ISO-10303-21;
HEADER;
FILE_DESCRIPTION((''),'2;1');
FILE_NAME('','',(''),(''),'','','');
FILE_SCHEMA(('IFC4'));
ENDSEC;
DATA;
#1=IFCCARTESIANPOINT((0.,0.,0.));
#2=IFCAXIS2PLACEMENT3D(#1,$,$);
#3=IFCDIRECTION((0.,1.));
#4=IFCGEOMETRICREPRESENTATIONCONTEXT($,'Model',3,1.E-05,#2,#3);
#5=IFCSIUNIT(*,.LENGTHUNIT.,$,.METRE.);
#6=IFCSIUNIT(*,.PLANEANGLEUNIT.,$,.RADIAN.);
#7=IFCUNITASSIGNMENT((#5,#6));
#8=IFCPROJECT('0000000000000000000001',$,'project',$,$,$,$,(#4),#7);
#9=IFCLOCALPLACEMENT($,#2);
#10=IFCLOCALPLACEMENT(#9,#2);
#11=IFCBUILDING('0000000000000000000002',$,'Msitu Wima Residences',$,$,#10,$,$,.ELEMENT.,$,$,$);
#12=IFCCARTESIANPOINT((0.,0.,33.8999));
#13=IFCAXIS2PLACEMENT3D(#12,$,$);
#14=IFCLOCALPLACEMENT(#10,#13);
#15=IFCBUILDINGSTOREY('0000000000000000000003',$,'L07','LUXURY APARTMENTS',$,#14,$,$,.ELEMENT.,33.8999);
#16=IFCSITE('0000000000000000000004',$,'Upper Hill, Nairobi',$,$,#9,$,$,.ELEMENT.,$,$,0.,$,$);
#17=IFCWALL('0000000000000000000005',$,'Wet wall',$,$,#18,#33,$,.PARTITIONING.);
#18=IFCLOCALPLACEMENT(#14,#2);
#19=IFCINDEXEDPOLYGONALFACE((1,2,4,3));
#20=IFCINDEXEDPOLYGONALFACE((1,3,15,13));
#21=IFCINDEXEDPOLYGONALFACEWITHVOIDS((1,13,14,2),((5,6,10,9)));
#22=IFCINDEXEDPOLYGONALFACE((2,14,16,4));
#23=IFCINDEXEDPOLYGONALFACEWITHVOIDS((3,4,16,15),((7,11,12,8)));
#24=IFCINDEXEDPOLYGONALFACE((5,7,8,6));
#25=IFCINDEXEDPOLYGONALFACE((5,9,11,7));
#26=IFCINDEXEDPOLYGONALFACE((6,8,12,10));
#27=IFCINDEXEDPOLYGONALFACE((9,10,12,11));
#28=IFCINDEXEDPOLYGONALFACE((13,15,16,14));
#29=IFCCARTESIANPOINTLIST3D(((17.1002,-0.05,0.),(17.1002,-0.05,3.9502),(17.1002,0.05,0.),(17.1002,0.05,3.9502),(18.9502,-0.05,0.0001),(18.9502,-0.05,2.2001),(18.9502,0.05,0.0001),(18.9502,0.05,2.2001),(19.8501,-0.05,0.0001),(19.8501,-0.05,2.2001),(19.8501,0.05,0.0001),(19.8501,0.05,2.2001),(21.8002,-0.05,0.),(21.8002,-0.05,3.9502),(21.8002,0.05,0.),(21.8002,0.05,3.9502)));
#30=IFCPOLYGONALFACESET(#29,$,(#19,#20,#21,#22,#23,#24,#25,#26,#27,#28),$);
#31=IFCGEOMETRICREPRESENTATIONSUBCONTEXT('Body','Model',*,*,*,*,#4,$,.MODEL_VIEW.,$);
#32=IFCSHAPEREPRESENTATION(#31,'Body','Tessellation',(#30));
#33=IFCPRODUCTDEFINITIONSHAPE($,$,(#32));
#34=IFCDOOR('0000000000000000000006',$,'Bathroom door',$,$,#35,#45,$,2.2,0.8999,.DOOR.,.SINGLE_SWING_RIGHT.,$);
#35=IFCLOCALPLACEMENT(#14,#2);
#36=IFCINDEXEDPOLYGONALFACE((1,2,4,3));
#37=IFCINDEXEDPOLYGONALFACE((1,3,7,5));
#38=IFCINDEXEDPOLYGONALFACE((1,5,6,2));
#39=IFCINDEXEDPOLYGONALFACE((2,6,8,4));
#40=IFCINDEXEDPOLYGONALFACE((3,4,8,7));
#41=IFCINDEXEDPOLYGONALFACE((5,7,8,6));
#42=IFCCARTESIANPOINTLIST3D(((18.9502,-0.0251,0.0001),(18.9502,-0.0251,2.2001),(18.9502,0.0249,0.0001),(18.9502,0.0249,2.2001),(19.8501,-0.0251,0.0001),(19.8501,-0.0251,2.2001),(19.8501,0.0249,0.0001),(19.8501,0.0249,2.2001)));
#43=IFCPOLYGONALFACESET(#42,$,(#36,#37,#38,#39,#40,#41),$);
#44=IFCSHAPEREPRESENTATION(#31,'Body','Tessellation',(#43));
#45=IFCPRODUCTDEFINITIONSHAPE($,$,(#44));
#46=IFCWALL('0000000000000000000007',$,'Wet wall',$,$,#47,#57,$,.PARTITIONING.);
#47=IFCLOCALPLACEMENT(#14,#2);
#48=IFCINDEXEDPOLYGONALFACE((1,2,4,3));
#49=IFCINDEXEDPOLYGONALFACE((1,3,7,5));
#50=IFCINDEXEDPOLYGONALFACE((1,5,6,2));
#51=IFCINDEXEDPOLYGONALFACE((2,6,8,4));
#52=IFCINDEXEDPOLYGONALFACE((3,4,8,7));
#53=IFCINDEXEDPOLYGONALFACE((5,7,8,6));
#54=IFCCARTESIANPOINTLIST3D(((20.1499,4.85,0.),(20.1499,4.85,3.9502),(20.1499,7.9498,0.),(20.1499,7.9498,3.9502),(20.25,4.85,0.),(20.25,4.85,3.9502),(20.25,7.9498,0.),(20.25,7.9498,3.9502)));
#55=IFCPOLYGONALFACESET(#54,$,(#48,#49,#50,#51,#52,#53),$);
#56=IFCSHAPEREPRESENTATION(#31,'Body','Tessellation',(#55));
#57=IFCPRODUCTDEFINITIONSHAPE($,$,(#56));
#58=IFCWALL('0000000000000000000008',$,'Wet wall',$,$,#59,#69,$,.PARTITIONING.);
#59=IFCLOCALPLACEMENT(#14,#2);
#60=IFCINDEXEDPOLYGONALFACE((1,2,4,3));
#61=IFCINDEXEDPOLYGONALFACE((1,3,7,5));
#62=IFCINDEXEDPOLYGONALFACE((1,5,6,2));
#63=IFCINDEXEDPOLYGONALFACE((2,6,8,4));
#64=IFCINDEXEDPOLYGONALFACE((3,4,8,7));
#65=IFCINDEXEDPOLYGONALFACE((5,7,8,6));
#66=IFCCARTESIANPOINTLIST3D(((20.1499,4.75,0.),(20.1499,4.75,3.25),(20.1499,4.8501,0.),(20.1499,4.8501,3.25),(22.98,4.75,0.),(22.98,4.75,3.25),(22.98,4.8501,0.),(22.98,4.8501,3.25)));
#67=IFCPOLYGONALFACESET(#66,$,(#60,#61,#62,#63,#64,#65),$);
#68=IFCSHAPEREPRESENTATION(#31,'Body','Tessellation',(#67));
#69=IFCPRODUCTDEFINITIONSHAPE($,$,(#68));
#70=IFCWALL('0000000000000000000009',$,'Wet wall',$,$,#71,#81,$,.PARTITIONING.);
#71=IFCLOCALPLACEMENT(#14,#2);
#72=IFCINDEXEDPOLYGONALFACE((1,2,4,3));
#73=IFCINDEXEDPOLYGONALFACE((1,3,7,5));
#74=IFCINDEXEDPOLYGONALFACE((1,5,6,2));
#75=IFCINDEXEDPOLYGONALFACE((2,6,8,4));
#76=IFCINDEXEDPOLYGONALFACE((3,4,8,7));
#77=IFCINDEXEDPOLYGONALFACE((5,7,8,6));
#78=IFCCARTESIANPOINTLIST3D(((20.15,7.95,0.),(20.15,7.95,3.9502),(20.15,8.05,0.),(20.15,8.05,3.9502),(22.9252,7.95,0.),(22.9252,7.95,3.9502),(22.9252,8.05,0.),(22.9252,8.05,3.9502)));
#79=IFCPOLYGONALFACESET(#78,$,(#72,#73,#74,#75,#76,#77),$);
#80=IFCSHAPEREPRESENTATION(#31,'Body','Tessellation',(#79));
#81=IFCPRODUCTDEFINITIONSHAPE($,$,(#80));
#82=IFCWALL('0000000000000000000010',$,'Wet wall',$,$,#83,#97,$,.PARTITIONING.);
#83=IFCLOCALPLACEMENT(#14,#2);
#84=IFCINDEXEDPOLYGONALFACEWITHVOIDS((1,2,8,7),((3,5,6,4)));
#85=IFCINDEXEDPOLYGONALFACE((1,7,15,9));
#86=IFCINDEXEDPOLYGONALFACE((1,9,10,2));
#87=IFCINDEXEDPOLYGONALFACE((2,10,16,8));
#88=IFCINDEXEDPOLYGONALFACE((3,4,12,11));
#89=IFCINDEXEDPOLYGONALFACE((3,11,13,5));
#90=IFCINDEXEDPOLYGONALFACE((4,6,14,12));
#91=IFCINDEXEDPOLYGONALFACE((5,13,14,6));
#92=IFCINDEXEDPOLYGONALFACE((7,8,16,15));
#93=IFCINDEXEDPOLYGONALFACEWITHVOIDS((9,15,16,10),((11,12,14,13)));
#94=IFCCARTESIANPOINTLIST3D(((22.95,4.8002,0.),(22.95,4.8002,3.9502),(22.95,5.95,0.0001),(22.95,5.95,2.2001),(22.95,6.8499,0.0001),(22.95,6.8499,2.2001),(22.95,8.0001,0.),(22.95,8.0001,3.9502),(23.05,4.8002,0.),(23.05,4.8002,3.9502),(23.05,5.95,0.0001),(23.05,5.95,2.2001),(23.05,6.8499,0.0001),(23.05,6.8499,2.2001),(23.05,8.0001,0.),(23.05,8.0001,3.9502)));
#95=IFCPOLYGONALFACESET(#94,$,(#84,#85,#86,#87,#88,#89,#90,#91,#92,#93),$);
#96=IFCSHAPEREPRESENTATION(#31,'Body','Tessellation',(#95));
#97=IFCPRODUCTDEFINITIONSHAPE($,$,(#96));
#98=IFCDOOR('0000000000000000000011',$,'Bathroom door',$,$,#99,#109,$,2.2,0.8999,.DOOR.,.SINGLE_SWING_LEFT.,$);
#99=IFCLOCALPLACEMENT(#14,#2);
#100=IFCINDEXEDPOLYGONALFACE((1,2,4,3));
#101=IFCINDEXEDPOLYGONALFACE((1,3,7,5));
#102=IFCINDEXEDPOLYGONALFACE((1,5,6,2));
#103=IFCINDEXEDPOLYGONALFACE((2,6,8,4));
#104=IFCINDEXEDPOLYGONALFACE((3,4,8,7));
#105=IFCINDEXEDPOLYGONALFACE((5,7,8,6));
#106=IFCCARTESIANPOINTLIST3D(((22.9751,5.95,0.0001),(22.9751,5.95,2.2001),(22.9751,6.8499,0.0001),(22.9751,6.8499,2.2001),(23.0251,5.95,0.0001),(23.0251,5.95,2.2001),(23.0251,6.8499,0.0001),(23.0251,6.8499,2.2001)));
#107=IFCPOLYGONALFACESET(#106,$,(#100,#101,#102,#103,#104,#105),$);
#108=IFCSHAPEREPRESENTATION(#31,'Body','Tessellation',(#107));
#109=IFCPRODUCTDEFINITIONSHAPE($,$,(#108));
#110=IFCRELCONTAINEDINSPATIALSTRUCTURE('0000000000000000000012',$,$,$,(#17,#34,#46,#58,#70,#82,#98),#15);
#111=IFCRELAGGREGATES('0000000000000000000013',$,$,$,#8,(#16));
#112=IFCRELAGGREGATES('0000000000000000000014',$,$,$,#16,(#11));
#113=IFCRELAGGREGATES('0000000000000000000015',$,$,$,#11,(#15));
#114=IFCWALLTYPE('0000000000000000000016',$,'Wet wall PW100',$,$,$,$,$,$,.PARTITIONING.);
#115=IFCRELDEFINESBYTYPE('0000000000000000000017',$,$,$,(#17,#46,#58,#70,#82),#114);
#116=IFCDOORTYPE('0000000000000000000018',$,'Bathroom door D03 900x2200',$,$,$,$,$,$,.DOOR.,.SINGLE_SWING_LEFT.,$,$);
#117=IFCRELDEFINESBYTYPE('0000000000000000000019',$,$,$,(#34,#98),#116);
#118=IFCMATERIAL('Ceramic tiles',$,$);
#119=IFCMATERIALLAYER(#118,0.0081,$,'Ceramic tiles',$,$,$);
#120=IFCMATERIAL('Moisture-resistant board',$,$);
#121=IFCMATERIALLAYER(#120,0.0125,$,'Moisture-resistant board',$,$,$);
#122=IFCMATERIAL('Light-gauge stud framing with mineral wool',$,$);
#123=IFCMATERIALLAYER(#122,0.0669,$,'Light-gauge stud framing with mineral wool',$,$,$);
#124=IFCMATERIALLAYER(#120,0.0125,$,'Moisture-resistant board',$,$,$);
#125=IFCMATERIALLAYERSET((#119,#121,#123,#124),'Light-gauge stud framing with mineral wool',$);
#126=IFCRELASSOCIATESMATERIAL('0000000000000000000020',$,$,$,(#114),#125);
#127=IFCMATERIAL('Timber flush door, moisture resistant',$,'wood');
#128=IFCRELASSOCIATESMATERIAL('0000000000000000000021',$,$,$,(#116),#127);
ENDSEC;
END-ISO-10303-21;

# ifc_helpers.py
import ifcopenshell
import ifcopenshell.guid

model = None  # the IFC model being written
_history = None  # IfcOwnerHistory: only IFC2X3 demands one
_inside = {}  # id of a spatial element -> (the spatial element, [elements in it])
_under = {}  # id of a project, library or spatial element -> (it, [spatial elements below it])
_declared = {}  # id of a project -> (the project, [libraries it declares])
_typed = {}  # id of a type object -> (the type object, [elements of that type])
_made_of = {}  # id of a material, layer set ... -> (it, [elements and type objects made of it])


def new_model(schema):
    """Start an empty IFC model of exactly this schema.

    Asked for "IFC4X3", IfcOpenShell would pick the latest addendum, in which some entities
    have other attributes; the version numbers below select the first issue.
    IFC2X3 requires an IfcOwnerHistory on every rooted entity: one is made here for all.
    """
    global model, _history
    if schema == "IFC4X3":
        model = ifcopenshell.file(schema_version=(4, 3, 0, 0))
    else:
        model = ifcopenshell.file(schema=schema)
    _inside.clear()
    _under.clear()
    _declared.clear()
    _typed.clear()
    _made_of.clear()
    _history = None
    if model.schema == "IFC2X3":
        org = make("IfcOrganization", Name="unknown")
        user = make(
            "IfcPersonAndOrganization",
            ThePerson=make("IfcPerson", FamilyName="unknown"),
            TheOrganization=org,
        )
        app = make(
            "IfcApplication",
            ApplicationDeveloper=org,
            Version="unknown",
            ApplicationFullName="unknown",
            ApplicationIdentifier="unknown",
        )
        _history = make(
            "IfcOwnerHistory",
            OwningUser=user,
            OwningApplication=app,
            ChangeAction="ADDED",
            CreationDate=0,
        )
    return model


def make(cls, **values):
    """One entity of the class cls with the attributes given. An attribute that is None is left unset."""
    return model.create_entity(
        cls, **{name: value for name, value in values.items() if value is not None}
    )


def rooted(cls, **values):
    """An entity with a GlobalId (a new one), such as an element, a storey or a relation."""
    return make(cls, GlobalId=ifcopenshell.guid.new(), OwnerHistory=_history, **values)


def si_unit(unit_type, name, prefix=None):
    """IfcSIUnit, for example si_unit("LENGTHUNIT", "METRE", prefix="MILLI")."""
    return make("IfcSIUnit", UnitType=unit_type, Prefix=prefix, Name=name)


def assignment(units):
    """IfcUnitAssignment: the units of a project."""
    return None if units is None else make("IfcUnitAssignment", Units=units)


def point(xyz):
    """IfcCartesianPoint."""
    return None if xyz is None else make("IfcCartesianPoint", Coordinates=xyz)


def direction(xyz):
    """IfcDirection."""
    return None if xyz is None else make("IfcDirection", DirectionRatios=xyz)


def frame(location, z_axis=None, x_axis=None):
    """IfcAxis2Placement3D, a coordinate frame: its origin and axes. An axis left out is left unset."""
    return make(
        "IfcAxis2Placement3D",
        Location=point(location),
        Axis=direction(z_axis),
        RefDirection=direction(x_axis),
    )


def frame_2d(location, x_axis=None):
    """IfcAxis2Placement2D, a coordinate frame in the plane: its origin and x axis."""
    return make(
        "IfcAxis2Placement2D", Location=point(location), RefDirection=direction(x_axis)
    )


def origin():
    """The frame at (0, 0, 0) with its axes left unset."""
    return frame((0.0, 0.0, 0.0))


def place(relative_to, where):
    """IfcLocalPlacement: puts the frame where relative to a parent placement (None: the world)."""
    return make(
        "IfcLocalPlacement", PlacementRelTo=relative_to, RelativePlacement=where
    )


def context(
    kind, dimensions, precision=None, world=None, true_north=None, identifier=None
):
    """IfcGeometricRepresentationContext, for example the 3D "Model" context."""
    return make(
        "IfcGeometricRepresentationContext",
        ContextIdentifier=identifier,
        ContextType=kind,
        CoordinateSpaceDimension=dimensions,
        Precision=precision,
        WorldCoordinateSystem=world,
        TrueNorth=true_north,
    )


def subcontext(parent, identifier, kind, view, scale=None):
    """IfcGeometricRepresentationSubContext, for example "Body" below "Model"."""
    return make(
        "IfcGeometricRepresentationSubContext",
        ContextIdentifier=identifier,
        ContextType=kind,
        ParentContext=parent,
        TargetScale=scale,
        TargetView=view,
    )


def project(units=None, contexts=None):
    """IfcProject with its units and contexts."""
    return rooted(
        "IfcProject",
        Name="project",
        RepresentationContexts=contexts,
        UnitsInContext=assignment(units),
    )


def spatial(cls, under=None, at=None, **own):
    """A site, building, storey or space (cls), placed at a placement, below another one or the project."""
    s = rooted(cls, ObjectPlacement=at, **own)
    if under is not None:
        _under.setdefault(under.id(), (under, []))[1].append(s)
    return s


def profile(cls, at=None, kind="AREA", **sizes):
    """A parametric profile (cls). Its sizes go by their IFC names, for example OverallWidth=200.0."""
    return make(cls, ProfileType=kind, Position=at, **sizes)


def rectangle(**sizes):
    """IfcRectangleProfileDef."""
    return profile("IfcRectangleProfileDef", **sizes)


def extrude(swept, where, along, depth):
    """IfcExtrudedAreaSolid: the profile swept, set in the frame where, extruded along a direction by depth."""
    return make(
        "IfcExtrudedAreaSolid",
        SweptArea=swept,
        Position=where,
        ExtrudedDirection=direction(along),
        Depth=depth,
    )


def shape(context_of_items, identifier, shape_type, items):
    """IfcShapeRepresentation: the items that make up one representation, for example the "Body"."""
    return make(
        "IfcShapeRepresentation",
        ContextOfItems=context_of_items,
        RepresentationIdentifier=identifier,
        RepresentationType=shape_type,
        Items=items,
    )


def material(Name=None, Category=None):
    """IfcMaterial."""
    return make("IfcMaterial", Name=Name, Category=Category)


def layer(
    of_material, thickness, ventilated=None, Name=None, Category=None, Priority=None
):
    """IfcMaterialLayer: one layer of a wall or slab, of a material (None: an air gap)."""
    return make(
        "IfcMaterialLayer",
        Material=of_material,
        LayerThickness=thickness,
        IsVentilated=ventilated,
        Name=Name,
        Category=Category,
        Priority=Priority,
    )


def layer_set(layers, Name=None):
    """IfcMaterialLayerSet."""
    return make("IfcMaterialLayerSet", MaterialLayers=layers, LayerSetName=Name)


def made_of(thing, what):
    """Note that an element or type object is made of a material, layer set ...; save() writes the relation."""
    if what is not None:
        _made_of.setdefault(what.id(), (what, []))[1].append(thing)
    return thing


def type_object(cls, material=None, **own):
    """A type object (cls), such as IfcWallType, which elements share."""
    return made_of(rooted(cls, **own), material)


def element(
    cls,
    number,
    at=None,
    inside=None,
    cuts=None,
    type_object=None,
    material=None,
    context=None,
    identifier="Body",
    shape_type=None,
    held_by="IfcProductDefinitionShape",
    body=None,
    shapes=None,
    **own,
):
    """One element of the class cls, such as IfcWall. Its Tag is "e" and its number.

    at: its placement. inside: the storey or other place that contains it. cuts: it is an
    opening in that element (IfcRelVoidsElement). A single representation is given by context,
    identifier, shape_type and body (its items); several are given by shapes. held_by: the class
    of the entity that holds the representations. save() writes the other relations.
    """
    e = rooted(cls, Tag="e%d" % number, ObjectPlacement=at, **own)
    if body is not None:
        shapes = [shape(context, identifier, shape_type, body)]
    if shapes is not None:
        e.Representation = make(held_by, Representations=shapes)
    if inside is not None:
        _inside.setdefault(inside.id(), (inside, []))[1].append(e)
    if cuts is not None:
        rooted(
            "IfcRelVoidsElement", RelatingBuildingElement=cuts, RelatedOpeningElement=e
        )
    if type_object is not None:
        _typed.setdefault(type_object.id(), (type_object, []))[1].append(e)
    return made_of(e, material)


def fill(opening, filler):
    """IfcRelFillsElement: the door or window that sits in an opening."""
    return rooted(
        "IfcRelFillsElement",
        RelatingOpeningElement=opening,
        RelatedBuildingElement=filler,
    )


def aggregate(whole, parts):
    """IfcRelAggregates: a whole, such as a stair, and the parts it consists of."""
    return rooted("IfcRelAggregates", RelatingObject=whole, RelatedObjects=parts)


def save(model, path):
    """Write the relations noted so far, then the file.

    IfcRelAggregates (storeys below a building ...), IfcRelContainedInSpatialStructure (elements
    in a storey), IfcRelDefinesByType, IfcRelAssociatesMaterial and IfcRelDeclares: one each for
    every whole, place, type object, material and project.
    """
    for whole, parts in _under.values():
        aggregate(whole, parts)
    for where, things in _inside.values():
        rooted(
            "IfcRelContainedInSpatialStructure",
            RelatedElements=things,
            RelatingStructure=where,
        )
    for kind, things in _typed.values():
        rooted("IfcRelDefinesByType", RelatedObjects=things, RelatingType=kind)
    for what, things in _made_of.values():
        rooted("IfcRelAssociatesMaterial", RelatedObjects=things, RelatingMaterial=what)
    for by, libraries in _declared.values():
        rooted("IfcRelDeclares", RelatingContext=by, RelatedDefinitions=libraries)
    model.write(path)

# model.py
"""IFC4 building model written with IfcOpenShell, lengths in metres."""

from ifc_helpers import new_model, si_unit, direction, frame, frame_2d, origin, place, context, subcontext, project, spatial, rectangle, extrude, material, layer, layer_set, type_object, element, fill, save


model = new_model("IFC4")

# Units and contexts
model_context = context("Model", 3, precision=1e-05, world=origin(), true_north=direction((0.0, 1.0)))
body_context = subcontext(model_context, "Body", "Model", "MODEL_VIEW")
ifc_project = project(units=[si_unit("LENGTHUNIT", "METRE"), si_unit("PLANEANGLEUNIT", "RADIAN")], contexts=[model_context])

# Site, building, storey
site_placement = place(None, origin())
site = spatial("IfcSite", under=ifc_project, at=site_placement, Name="Upper Hill, Nairobi", CompositionType="ELEMENT", RefElevation=0.0)
building_placement = place(site_placement, origin())
building = spatial("IfcBuilding", under=site, at=building_placement, Name="Msitu Wima Residences", CompositionType="ELEMENT")
storey_placement = place(building_placement, frame((0.0, 0.0, 33.8999)))
storey = spatial("IfcBuildingStorey", under=building, at=storey_placement, Name="L07", Description="LUXURY APARTMENTS", CompositionType="ELEMENT", Elevation=33.8999)

# Wall, opening, door
ifc_material_1 = material(Name="Ceramic tiles")
ifc_layer_1 = layer(ifc_material_1, 0.0081, Name="Ceramic tiles")
ifc_material_2 = material(Name="Moisture-resistant board")
ifc_layer_2 = layer(ifc_material_2, 0.0125, Name="Moisture-resistant board")
ifc_material_3 = material(Name="Light-gauge stud framing with mineral wool")
ifc_layer_3 = layer(ifc_material_3, 0.0669, Name="Light-gauge stud framing with mineral wool")
ifc_layer_4 = layer(ifc_material_2, 0.0125, Name="Moisture-resistant board")
ifc_layer_set_1 = layer_set([ifc_layer_1, ifc_layer_2, ifc_layer_3, ifc_layer_4], Name="Light-gauge stud framing with mineral wool")
wall_type_1 = type_object("IfcWallType", Name="Wet wall PW100", PredefinedType="PARTITIONING", material=ifc_layer_set_1)
wall_1_placement = place(storey_placement, frame((17.1001, 0.0, 0.0), z_axis=(0.0, 0.0, 1.0), x_axis=(1.0, 0.0, 0.0)))
wall_1 = element("IfcWall", 1, at=wall_1_placement, inside=storey, type_object=wall_type_1, Name="Wet wall", PredefinedType="PARTITIONING", context=body_context, shape_type="SweptSolid", body=[
    extrude(rectangle(XDim=4.7, YDim=0.1001, at=frame_2d((2.3501, 0.0))), origin(), (0.0, 0.0, 1.0), 3.9502),
])
opening_1_placement = place(wall_1_placement, frame((1.8501, 0.0, 0.0)))
opening_1 = element("IfcOpeningElement", 2, at=opening_1_placement, cuts=wall_1, PredefinedType="OPENING", context=body_context, shape_type="SweptSolid", body=[
    extrude(rectangle(XDim=0.8999, YDim=2.2, at=frame_2d((0.45, 1.1001))), frame((0.0, 0.0601, 0.0), z_axis=(0.0, -1.0, 0.0), x_axis=(1.0, 0.0, 0.0)), (0.0, 0.0, 1.0), 0.1201),
])
ifc_material_4 = material(Name="Timber flush door, moisture resistant", Category="wood")
door_type_1 = type_object("IfcDoorType", Name="Bathroom door D03 900x2200", OperationType="SINGLE_SWING_LEFT", PredefinedType="DOOR", material=ifc_material_4)
door_1_placement = place(opening_1_placement, origin())
door_1 = element("IfcDoor", 3, at=door_1_placement, inside=storey, type_object=door_type_1, Name="Bathroom door", OperationType="SINGLE_SWING_RIGHT", OverallHeight=2.2, OverallWidth=0.8999, PredefinedType="DOOR", context=body_context, shape_type="SweptSolid", body=[
    extrude(rectangle(XDim=0.8999, YDim=2.2, at=frame_2d((0.45, 1.1001))), frame((0.0, 0.0249, 0.0), z_axis=(0.0, -1.0, 0.0), x_axis=(1.0, 0.0, 0.0)), (0.0, 0.0, 1.0), 0.05),
])
fill(opening_1, door_1)

# Walls
wall_2_placement = place(storey_placement, frame((20.2, 4.8501, 0.0), z_axis=(0.0, 0.0, 1.0), x_axis=(0.0, 1.0, 0.0)))
element("IfcWall", 4, at=wall_2_placement, inside=storey, type_object=wall_type_1, Name="Wet wall", PredefinedType="PARTITIONING", context=body_context, shape_type="SweptSolid", body=[
    extrude(rectangle(XDim=3.0999, YDim=0.1001, at=frame_2d((1.5498, 0.0))), origin(), (0.0, 0.0, 1.0), 3.9502),
])
wall_3_placement = place(storey_placement, frame((20.1499, 4.8, 0.0), z_axis=(0.0, 0.0, 1.0), x_axis=(1.0, 0.0, 0.0)))
element("IfcWall", 5, at=wall_3_placement, inside=storey, type_object=wall_type_1, Name="Wet wall", PredefinedType="PARTITIONING", context=body_context, shape_type="SweptSolid", body=[
    extrude(rectangle(XDim=2.8301, YDim=0.1001, at=frame_2d((1.415, 0.0))), origin(), (0.0, 0.0, 1.0), 3.25),
])
wall_4_placement = place(storey_placement, frame((20.1499, 8.0, 0.0), z_axis=(0.0, 0.0, 1.0), x_axis=(1.0, 0.0, 0.0)))
element("IfcWall", 6, at=wall_4_placement, inside=storey, type_object=wall_type_1, Name="Wet wall", PredefinedType="PARTITIONING", context=body_context, shape_type="SweptSolid", body=[
    extrude(rectangle(XDim=2.7751, YDim=0.1001, at=frame_2d((1.3877, 0.0))), origin(), (0.0, 0.0, 1.0), 3.9502),
])

# Wall, opening, door
wall_5_placement = place(storey_placement, frame((23.0, 4.8, 0.0), z_axis=(0.0, 0.0, 1.0), x_axis=(0.0, 1.0, 0.0)))
wall_5 = element("IfcWall", 7, at=wall_5_placement, inside=storey, type_object=wall_type_1, Name="Wet wall", PredefinedType="PARTITIONING", context=body_context, shape_type="SweptSolid", body=[
    extrude(rectangle(XDim=3.2, YDim=0.1001, at=frame_2d((1.6001, 0.0))), origin(), (0.0, 0.0, 1.0), 3.9502),
])
opening_2_placement = place(wall_5_placement, frame((1.1499, 0.0, 0.0)))
opening_2 = element("IfcOpeningElement", 8, at=opening_2_placement, cuts=wall_5, PredefinedType="OPENING", context=body_context, shape_type="SweptSolid", body=[
    extrude(rectangle(XDim=0.8999, YDim=2.2, at=frame_2d((0.45, 1.1001))), frame((0.0, 0.0601, 0.0), z_axis=(0.0, -1.0, 0.0), x_axis=(1.0, 0.0, 0.0)), (0.0, 0.0, 1.0), 0.1201),
])
door_2_placement = place(opening_2_placement, origin())
door_2 = element("IfcDoor", 9, at=door_2_placement, inside=storey, type_object=door_type_1, Name="Bathroom door", OperationType="SINGLE_SWING_LEFT", OverallHeight=2.2, OverallWidth=0.8999, PredefinedType="DOOR", context=body_context, shape_type="SweptSolid", body=[
    extrude(rectangle(XDim=0.8999, YDim=2.2, at=frame_2d((0.45, 1.1001))), frame((0.0, 0.0249, 0.0), z_axis=(0.0, -1.0, 0.0), x_axis=(1.0, 0.0, 0.0)), (0.0, 0.0, 1.0), 0.05),
])
fill(opening_2, door_2)

save(model, "model.ifc")
